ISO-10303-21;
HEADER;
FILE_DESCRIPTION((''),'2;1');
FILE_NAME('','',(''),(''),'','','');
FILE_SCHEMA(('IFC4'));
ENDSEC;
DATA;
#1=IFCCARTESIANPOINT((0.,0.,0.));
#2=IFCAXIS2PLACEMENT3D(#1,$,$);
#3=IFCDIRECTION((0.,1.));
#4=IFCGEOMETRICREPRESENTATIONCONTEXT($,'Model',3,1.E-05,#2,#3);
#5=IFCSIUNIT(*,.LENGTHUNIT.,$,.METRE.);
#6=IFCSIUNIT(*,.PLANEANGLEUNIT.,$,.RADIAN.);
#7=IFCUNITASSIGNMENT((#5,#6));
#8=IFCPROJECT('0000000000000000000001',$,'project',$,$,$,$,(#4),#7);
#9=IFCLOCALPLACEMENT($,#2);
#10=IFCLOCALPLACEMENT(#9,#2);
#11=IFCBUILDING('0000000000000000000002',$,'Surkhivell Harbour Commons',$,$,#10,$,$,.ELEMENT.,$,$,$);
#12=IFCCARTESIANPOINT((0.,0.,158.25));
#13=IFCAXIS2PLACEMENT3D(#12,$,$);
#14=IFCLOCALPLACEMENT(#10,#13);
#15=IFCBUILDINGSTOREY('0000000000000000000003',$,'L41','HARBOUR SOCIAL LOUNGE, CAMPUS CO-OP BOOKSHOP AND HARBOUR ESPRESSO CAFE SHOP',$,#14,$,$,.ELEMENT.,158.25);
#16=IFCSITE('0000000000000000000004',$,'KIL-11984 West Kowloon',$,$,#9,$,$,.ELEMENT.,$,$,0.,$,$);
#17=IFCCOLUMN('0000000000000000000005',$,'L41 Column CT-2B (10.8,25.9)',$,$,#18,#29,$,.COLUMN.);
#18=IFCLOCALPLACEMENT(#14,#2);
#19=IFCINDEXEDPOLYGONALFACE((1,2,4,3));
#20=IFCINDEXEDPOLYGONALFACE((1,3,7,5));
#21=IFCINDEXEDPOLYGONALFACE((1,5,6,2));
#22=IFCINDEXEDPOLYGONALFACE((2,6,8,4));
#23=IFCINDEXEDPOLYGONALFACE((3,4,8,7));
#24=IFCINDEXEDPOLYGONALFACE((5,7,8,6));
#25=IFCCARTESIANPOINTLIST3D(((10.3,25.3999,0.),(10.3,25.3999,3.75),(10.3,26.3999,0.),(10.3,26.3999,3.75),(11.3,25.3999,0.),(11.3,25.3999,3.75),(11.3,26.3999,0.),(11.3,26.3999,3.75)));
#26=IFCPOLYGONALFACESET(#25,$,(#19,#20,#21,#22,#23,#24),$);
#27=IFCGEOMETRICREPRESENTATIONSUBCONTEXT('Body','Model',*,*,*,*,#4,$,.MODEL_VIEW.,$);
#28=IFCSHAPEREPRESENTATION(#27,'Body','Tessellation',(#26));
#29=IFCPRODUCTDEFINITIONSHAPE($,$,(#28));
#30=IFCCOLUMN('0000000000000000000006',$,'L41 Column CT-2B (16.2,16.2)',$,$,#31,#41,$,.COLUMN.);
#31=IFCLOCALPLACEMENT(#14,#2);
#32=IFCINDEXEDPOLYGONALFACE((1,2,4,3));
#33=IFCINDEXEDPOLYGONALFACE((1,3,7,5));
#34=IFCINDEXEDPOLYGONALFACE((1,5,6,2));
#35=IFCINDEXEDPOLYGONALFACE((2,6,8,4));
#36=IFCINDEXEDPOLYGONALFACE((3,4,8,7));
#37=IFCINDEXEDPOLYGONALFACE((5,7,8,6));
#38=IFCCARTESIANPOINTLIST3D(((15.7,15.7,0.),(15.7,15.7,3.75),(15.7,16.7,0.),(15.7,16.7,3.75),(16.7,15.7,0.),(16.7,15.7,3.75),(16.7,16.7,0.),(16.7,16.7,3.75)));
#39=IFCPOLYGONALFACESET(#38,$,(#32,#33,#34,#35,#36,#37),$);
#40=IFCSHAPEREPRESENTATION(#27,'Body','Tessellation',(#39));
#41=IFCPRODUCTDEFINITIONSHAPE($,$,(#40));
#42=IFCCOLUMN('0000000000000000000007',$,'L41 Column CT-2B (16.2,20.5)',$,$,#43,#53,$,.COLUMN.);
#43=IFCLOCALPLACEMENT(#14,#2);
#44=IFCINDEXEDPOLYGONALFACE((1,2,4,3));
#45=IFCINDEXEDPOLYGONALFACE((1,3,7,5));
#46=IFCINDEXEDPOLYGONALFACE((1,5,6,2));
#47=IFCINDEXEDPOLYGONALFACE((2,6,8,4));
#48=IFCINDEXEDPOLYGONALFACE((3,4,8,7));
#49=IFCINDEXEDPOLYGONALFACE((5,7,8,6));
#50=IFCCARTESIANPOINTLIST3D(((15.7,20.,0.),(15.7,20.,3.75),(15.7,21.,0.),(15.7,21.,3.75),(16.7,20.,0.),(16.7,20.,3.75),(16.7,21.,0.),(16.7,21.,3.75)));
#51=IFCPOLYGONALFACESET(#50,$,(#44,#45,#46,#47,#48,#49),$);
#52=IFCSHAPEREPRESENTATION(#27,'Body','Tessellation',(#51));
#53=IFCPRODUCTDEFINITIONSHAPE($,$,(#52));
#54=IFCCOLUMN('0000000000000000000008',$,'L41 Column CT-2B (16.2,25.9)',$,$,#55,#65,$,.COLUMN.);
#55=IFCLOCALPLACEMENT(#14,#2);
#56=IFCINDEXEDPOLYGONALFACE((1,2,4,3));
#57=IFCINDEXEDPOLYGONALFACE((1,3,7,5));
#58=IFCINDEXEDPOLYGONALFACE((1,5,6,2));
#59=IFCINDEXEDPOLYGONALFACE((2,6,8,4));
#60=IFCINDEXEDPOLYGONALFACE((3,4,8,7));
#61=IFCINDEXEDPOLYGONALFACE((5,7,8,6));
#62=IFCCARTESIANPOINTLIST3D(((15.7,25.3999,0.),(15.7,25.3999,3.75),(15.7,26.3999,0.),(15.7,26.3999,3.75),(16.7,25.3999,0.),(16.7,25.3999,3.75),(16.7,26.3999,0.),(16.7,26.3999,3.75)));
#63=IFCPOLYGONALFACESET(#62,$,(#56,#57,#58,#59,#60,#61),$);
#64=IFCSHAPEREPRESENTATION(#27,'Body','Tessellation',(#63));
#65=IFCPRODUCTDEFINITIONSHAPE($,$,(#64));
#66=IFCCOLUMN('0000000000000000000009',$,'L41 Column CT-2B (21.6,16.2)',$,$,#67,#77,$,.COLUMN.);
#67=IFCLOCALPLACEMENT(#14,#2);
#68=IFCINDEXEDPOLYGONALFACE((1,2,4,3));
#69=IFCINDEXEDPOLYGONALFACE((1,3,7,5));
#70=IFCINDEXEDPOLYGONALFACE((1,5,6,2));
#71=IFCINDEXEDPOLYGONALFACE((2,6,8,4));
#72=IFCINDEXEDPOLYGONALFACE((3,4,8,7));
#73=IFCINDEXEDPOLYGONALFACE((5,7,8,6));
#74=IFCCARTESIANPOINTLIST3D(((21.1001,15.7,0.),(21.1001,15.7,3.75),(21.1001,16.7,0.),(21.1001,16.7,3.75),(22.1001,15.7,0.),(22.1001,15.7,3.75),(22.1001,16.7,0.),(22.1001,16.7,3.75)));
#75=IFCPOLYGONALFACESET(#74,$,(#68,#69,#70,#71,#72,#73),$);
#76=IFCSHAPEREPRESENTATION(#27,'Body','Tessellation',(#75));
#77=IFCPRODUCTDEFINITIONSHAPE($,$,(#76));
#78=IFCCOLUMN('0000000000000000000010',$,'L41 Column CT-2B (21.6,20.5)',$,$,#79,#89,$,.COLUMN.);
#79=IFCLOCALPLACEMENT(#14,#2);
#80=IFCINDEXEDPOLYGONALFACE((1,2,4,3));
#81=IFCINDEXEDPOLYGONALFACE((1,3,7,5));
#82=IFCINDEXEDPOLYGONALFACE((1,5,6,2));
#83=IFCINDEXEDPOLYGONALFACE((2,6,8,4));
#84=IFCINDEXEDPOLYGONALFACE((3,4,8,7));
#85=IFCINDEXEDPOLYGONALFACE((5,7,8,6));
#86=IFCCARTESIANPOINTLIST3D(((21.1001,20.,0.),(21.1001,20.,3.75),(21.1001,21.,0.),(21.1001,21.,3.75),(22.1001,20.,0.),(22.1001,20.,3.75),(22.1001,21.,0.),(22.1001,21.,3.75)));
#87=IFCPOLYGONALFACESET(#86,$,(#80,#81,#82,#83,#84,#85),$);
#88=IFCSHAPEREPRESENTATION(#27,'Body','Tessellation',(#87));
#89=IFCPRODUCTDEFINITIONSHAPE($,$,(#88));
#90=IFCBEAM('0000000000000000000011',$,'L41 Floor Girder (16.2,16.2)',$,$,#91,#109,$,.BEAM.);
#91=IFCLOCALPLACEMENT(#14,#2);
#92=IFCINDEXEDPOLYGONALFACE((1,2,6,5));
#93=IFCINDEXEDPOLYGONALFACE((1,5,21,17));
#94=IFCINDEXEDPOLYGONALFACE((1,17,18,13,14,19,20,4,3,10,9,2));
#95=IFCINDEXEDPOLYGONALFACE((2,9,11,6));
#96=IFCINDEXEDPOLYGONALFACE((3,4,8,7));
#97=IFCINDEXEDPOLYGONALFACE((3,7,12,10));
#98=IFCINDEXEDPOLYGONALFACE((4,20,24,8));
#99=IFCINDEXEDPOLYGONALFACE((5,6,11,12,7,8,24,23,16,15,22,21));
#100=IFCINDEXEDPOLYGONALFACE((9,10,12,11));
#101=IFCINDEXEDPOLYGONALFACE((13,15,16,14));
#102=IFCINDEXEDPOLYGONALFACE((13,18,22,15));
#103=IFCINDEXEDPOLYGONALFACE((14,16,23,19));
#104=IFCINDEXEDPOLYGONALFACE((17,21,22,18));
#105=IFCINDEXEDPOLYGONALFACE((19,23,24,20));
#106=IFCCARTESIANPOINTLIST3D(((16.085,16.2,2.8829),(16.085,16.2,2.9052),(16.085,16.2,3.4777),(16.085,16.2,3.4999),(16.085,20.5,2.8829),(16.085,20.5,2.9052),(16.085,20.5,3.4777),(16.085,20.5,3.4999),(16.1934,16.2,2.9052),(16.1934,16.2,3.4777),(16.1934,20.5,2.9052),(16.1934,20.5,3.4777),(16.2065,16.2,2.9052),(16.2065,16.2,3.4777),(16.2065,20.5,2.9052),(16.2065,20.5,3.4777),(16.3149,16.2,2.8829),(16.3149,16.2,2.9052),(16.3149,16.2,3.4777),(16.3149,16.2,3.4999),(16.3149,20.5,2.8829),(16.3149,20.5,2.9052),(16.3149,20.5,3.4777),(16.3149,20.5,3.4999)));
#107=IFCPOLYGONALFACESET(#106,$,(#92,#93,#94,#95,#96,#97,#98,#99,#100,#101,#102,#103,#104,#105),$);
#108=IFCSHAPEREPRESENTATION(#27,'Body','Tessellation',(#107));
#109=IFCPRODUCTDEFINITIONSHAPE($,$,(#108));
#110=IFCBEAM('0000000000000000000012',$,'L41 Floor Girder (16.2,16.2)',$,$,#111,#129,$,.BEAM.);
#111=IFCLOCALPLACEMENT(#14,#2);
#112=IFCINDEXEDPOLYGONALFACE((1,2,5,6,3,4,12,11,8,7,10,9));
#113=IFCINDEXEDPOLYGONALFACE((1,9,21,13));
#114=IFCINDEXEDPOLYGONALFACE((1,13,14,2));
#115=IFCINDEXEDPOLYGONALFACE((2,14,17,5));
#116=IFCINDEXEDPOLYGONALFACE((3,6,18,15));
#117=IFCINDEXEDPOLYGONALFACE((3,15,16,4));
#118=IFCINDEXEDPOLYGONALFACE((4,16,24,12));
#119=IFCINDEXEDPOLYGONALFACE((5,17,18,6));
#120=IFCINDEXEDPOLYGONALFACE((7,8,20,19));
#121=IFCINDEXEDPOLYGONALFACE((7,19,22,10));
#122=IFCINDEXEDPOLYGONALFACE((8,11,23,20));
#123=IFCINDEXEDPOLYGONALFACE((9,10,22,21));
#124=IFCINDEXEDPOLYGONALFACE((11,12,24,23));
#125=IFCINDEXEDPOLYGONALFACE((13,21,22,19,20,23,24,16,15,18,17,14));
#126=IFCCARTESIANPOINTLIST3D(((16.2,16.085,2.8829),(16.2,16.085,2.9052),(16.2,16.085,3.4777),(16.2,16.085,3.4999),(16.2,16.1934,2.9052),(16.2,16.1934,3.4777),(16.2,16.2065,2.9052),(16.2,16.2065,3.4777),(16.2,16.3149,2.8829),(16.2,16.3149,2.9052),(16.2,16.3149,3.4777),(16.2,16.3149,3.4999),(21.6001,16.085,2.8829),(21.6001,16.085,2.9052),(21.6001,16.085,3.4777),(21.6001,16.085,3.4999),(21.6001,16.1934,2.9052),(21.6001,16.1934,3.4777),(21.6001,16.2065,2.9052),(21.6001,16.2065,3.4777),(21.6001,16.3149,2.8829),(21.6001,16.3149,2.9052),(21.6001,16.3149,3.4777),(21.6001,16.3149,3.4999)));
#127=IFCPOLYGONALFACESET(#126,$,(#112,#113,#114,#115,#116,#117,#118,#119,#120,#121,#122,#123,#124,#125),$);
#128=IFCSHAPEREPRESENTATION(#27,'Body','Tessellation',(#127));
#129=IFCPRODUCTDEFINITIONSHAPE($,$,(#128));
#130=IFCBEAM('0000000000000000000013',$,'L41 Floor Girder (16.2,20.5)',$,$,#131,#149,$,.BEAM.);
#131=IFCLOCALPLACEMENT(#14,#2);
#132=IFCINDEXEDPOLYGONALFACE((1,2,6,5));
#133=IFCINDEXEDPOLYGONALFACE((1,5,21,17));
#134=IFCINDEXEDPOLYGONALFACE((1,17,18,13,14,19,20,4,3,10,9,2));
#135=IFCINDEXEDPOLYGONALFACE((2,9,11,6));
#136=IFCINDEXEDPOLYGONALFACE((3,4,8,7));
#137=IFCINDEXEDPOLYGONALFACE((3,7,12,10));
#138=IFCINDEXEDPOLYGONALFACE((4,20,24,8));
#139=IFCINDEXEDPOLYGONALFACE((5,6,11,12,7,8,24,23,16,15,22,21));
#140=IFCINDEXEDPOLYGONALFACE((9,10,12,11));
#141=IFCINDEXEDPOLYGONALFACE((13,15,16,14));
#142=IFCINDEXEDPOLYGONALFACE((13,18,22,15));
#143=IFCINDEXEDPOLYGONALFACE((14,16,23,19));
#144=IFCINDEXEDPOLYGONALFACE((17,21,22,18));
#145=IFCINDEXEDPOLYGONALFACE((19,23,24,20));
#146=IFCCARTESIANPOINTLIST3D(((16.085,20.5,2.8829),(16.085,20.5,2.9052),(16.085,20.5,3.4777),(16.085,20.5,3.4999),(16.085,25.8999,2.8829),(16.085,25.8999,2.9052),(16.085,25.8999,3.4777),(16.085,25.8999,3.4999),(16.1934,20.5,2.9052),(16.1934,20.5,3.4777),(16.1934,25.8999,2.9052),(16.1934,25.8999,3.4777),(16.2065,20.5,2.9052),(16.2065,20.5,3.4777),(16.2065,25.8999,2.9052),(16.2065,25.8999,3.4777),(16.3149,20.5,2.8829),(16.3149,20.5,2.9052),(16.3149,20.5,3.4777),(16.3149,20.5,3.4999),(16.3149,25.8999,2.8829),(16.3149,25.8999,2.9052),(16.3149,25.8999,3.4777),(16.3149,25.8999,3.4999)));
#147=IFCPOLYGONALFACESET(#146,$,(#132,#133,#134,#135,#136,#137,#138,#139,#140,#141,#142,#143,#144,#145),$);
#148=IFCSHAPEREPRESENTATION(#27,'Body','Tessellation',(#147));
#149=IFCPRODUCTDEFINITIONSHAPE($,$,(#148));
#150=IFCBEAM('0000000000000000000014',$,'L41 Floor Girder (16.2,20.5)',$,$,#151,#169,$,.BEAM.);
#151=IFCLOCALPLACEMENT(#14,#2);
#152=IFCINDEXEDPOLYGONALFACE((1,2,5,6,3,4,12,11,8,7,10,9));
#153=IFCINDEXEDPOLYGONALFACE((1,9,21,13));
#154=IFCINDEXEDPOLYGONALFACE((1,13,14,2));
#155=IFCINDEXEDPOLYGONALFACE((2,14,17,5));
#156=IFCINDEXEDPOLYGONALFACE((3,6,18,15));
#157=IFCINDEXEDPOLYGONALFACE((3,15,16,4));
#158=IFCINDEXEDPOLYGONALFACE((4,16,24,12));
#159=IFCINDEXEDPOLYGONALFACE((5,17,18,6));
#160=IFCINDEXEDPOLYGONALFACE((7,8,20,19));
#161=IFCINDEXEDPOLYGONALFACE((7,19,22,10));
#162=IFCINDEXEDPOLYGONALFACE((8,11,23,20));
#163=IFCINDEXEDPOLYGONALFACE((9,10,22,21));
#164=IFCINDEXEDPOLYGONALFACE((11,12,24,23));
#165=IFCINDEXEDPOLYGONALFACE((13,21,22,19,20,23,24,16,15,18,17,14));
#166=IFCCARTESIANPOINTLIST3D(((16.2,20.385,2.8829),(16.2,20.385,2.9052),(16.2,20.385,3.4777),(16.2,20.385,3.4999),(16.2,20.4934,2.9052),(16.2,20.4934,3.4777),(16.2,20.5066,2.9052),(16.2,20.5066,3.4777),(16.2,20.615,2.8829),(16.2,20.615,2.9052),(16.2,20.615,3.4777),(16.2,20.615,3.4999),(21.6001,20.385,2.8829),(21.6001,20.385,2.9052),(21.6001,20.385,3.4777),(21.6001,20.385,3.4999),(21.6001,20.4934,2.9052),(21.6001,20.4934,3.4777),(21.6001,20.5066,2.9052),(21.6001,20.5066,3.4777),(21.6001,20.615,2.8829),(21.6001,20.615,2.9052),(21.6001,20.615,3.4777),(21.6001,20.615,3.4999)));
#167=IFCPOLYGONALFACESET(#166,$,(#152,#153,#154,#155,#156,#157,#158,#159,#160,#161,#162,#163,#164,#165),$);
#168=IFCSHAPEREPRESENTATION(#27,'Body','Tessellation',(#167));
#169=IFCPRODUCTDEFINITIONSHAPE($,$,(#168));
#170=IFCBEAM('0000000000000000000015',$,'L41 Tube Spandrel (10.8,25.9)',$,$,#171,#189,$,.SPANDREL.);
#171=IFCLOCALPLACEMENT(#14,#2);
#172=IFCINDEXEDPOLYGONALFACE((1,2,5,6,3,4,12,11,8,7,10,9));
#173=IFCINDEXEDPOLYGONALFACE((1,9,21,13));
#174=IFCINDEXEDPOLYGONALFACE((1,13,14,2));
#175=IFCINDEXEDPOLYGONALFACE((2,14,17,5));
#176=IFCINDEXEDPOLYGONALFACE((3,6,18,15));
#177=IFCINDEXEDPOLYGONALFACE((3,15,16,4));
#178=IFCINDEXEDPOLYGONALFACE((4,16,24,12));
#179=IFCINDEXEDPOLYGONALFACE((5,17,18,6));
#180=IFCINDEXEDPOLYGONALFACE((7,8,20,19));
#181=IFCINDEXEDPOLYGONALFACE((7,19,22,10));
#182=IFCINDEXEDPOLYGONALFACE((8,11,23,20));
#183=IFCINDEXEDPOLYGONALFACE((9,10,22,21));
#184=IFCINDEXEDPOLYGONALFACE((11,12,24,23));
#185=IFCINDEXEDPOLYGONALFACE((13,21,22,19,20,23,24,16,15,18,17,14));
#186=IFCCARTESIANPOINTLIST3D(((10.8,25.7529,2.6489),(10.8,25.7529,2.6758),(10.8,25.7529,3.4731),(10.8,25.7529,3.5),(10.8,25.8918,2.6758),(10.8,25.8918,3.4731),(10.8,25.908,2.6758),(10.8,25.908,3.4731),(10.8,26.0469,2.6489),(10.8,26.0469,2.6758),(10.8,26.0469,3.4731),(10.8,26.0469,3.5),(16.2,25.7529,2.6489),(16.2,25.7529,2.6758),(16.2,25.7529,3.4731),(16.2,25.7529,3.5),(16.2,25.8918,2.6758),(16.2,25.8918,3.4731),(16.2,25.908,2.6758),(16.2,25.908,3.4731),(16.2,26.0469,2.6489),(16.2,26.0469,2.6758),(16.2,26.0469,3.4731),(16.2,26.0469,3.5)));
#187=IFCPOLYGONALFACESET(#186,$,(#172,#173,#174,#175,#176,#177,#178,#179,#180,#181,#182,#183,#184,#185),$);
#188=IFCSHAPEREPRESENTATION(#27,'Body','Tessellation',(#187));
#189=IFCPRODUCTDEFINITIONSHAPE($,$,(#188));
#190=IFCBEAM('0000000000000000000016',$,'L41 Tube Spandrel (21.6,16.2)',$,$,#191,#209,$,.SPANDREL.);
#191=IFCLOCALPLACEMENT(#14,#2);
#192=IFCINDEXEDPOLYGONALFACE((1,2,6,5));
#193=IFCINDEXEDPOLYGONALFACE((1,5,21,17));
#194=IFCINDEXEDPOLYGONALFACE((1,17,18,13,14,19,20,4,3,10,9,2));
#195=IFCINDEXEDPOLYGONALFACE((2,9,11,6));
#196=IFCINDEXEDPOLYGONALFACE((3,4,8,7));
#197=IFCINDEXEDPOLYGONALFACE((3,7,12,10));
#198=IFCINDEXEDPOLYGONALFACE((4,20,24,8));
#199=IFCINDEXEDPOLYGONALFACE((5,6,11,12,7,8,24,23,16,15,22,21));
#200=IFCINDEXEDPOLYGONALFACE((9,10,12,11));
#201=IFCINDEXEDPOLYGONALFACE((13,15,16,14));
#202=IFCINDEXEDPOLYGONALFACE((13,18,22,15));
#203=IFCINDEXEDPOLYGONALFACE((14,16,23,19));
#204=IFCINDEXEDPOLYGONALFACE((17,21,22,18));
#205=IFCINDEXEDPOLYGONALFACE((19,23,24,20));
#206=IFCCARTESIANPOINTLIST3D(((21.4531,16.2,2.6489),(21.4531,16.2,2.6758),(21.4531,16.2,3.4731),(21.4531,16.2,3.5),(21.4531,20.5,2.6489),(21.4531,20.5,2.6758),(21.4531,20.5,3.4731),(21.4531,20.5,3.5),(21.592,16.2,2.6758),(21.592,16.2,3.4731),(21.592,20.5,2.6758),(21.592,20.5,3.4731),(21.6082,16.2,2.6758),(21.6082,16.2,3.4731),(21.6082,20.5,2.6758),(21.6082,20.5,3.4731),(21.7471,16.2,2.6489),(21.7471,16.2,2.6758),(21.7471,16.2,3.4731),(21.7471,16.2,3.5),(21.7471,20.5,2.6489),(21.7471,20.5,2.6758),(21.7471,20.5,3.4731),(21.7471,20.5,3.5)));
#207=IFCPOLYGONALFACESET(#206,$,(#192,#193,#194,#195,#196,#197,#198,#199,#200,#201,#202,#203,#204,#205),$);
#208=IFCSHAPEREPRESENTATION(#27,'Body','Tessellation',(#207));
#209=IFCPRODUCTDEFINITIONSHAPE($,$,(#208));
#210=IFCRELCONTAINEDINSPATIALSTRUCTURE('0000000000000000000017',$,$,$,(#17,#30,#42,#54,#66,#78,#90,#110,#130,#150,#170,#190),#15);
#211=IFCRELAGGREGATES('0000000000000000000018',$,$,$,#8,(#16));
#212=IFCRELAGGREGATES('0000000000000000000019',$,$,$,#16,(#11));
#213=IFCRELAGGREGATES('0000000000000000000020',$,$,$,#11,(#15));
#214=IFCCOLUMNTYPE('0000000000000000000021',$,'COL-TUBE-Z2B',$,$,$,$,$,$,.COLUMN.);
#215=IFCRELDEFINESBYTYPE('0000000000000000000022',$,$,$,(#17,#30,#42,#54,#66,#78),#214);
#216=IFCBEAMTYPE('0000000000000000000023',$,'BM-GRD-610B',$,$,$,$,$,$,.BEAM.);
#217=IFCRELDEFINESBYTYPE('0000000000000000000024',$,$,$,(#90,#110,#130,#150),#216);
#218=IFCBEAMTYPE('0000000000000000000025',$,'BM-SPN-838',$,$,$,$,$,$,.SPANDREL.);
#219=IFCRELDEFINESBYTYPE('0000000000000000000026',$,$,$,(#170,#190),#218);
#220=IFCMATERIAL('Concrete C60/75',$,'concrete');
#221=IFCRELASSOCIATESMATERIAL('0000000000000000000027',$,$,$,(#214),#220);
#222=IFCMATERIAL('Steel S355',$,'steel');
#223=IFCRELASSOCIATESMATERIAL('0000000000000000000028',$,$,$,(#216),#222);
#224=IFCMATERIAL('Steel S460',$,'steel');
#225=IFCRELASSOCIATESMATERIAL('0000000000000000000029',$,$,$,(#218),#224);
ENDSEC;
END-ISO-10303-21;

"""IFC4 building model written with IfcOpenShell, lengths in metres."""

from ifc_helpers import new_model, si_unit, direction, frame, origin, origin_2d, place, context, subcontext, project, spatial, rectangle, i_section, extrude, material, material_profile, profile_set, type_object, element, save


model = new_model("IFC4")

# Units and contexts
model_context = context("Model", 3, precision=1e-05, world=origin(), true_north=direction((0.0, 1.0)))
body_context = subcontext(model_context, "Body", "Model", "MODEL_VIEW")
ifc_project = project(units=[si_unit("LENGTHUNIT", "METRE"), si_unit("PLANEANGLEUNIT", "RADIAN")], contexts=[model_context])

# Site, building, storey
site_placement = place(None, origin())
site = spatial("IfcSite", under=ifc_project, at=site_placement, Name="KIL-11984 West Kowloon", CompositionType="ELEMENT", RefElevation=0.0)
building_placement = place(site_placement, origin())
building = spatial("IfcBuilding", under=site, at=building_placement, Name="Surkhivell Harbour Commons", CompositionType="ELEMENT")
storey_placement = place(building_placement, frame((0.0, 0.0, 158.25)))
storey = spatial("IfcBuildingStorey", under=building, at=storey_placement, Name="L41", Description="HARBOUR SOCIAL LOUNGE, CAMPUS CO-OP BOOKSHOP AND HARBOUR ESPRESSO CAFE SHOP", CompositionType="ELEMENT", Elevation=158.25)

# Columns
ifc_material_1 = material(Name="Concrete C60/75", Category="concrete")
ifc_material_profile_1 = material_profile(ifc_material_1, rectangle(XDim=1.0, YDim=1.0, at=origin_2d()), Name="RC-COL-1000x1000")
ifc_profile_set_1 = profile_set([ifc_material_profile_1], Name="Concrete C60/75")
column_type = type_object("IfcColumnType", Name="COL-TUBE-Z2B", PredefinedType="COLUMN", material=ifc_profile_set_1)
for number, where, z_axis, x_axis, name in (
    (1, (10.8, 25.8999, 0.0), (0.0, 0.0, 1.0), (1.0, 0.0, 0.0), "L41 Column CT-2B (10.8,25.9)"),
    (2, (16.2, 16.2, 0.0), (0.0, 0.0, 1.0), (1.0, 0.0, 0.0), "L41 Column CT-2B (16.2,16.2)"),
    (3, (16.2, 20.5, 0.0), (0.0, 0.0, 1.0), (1.0, 0.0, 0.0), "L41 Column CT-2B (16.2,20.5)"),
    (4, (16.2, 25.8999, 0.0), (0.0, 0.0, 1.0), (1.0, 0.0, 0.0), "L41 Column CT-2B (16.2,25.9)"),
    (5, (21.6001, 16.2, 0.0), (0.0, 0.0, 1.0), (1.0, 0.0, 0.0), "L41 Column CT-2B (21.6,16.2)"),
    (6, (21.6001, 20.5, 0.0), (0.0, 0.0, 1.0), (1.0, 0.0, 0.0), "L41 Column CT-2B (21.6,20.5)"),
):
    element("IfcColumn", number, at=place(storey_placement, frame(where, z_axis=z_axis, x_axis=x_axis)), inside=storey, type_object=column_type, Name=name, PredefinedType="COLUMN", context=body_context, shape_type="SweptSolid", body=[
        extrude(rectangle(XDim=1.0, YDim=1.0, at=origin_2d()), origin(), (0.0, 0.0, 1.0), 3.75),
    ])

# Beams
ifc_material_2 = material(Name="Steel S355", Category="steel")
ifc_material_profile_2 = material_profile(ifc_material_2, i_section(OverallWidth=0.23, OverallDepth=0.6169, WebThickness=0.0132, FlangeThickness=0.0222, at=origin_2d()), Name="UB610x229x140")
ifc_profile_set_2 = profile_set([ifc_material_profile_2], Name="Steel S355")
beam_type_1 = type_object("IfcBeamType", Name="BM-GRD-610B", PredefinedType="BEAM", material=ifc_profile_set_2)
beam_1_placement = place(storey_placement, frame((16.2, 16.2, 3.1914), z_axis=(0.0, 1.0, 0.0), x_axis=(-1.0, 0.0, 0.0)))
element("IfcBeam", 7, at=beam_1_placement, inside=storey, type_object=beam_type_1, Name="L41 Floor Girder (16.2,16.2)", PredefinedType="BEAM", context=body_context, shape_type="SweptSolid", body=[
    extrude(i_section(OverallWidth=0.23, OverallDepth=0.6169, WebThickness=0.0132, FlangeThickness=0.0222, at=origin_2d()), origin(), (0.0, 0.0, 1.0), 4.3),
])
beam_2_placement = place(storey_placement, frame((16.2, 16.2, 3.1914), z_axis=(1.0, 0.0, 0.0), x_axis=(0.0, 1.0, 0.0)))
element("IfcBeam", 8, at=beam_2_placement, inside=storey, type_object=beam_type_1, Name="L41 Floor Girder (16.2,16.2)", PredefinedType="BEAM", context=body_context, shape_type="SweptSolid", body=[
    extrude(i_section(OverallWidth=0.23, OverallDepth=0.6169, WebThickness=0.0132, FlangeThickness=0.0222, at=origin_2d()), origin(), (0.0, 0.0, 1.0), 5.4001),
])
beam_3_placement = place(storey_placement, frame((16.2, 20.5, 3.1914), z_axis=(0.0, 1.0, 0.0), x_axis=(-1.0, 0.0, 0.0)))
element("IfcBeam", 9, at=beam_3_placement, inside=storey, type_object=beam_type_1, Name="L41 Floor Girder (16.2,20.5)", PredefinedType="BEAM", context=body_context, shape_type="SweptSolid", body=[
    extrude(i_section(OverallWidth=0.23, OverallDepth=0.6169, WebThickness=0.0132, FlangeThickness=0.0222, at=origin_2d()), origin(), (0.0, 0.0, 1.0), 5.3999),
])
beam_4_placement = place(storey_placement, frame((16.2, 20.5, 3.1914), z_axis=(1.0, 0.0, 0.0), x_axis=(0.0, 1.0, 0.0)))
element("IfcBeam", 10, at=beam_4_placement, inside=storey, type_object=beam_type_1, Name="L41 Floor Girder (16.2,20.5)", PredefinedType="BEAM", context=body_context, shape_type="SweptSolid", body=[
    extrude(i_section(OverallWidth=0.23, OverallDepth=0.6169, WebThickness=0.0132, FlangeThickness=0.0222, at=origin_2d()), origin(), (0.0, 0.0, 1.0), 5.4001),
])
ifc_material_3 = material(Name="Steel S460", Category="steel")
ifc_material_profile_3 = material_profile(ifc_material_3, i_section(OverallWidth=0.2939, OverallDepth=0.8511, WebThickness=0.0161, FlangeThickness=0.0269, at=origin_2d()), Name="UB838x292x226")
ifc_profile_set_3 = profile_set([ifc_material_profile_3], Name="Steel S460")
beam_type_2 = type_object("IfcBeamType", Name="BM-SPN-838", PredefinedType="SPANDREL", material=ifc_profile_set_3)
beam_5_placement = place(storey_placement, frame((10.8, 25.8999, 3.0745), z_axis=(1.0, 0.0, 0.0), x_axis=(0.0, 1.0, 0.0)))
element("IfcBeam", 11, at=beam_5_placement, inside=storey, type_object=beam_type_2, Name="L41 Tube Spandrel (10.8,25.9)", PredefinedType="SPANDREL", context=body_context, shape_type="SweptSolid", body=[
    extrude(i_section(OverallWidth=0.2939, OverallDepth=0.8511, WebThickness=0.0161, FlangeThickness=0.0269, at=origin_2d()), origin(), (0.0, 0.0, 1.0), 5.3999),
])
beam_6_placement = place(storey_placement, frame((21.6001, 16.2, 3.0745), z_axis=(0.0, 1.0, 0.0), x_axis=(-1.0, 0.0, 0.0)))
element("IfcBeam", 12, at=beam_6_placement, inside=storey, type_object=beam_type_2, Name="L41 Tube Spandrel (21.6,16.2)", PredefinedType="SPANDREL", context=body_context, shape_type="SweptSolid", body=[
    extrude(i_section(OverallWidth=0.2939, OverallDepth=0.8511, WebThickness=0.0161, FlangeThickness=0.0269, at=origin_2d()), origin(), (0.0, 0.0, 1.0), 4.3),
])

save(model, "model.ifc")
